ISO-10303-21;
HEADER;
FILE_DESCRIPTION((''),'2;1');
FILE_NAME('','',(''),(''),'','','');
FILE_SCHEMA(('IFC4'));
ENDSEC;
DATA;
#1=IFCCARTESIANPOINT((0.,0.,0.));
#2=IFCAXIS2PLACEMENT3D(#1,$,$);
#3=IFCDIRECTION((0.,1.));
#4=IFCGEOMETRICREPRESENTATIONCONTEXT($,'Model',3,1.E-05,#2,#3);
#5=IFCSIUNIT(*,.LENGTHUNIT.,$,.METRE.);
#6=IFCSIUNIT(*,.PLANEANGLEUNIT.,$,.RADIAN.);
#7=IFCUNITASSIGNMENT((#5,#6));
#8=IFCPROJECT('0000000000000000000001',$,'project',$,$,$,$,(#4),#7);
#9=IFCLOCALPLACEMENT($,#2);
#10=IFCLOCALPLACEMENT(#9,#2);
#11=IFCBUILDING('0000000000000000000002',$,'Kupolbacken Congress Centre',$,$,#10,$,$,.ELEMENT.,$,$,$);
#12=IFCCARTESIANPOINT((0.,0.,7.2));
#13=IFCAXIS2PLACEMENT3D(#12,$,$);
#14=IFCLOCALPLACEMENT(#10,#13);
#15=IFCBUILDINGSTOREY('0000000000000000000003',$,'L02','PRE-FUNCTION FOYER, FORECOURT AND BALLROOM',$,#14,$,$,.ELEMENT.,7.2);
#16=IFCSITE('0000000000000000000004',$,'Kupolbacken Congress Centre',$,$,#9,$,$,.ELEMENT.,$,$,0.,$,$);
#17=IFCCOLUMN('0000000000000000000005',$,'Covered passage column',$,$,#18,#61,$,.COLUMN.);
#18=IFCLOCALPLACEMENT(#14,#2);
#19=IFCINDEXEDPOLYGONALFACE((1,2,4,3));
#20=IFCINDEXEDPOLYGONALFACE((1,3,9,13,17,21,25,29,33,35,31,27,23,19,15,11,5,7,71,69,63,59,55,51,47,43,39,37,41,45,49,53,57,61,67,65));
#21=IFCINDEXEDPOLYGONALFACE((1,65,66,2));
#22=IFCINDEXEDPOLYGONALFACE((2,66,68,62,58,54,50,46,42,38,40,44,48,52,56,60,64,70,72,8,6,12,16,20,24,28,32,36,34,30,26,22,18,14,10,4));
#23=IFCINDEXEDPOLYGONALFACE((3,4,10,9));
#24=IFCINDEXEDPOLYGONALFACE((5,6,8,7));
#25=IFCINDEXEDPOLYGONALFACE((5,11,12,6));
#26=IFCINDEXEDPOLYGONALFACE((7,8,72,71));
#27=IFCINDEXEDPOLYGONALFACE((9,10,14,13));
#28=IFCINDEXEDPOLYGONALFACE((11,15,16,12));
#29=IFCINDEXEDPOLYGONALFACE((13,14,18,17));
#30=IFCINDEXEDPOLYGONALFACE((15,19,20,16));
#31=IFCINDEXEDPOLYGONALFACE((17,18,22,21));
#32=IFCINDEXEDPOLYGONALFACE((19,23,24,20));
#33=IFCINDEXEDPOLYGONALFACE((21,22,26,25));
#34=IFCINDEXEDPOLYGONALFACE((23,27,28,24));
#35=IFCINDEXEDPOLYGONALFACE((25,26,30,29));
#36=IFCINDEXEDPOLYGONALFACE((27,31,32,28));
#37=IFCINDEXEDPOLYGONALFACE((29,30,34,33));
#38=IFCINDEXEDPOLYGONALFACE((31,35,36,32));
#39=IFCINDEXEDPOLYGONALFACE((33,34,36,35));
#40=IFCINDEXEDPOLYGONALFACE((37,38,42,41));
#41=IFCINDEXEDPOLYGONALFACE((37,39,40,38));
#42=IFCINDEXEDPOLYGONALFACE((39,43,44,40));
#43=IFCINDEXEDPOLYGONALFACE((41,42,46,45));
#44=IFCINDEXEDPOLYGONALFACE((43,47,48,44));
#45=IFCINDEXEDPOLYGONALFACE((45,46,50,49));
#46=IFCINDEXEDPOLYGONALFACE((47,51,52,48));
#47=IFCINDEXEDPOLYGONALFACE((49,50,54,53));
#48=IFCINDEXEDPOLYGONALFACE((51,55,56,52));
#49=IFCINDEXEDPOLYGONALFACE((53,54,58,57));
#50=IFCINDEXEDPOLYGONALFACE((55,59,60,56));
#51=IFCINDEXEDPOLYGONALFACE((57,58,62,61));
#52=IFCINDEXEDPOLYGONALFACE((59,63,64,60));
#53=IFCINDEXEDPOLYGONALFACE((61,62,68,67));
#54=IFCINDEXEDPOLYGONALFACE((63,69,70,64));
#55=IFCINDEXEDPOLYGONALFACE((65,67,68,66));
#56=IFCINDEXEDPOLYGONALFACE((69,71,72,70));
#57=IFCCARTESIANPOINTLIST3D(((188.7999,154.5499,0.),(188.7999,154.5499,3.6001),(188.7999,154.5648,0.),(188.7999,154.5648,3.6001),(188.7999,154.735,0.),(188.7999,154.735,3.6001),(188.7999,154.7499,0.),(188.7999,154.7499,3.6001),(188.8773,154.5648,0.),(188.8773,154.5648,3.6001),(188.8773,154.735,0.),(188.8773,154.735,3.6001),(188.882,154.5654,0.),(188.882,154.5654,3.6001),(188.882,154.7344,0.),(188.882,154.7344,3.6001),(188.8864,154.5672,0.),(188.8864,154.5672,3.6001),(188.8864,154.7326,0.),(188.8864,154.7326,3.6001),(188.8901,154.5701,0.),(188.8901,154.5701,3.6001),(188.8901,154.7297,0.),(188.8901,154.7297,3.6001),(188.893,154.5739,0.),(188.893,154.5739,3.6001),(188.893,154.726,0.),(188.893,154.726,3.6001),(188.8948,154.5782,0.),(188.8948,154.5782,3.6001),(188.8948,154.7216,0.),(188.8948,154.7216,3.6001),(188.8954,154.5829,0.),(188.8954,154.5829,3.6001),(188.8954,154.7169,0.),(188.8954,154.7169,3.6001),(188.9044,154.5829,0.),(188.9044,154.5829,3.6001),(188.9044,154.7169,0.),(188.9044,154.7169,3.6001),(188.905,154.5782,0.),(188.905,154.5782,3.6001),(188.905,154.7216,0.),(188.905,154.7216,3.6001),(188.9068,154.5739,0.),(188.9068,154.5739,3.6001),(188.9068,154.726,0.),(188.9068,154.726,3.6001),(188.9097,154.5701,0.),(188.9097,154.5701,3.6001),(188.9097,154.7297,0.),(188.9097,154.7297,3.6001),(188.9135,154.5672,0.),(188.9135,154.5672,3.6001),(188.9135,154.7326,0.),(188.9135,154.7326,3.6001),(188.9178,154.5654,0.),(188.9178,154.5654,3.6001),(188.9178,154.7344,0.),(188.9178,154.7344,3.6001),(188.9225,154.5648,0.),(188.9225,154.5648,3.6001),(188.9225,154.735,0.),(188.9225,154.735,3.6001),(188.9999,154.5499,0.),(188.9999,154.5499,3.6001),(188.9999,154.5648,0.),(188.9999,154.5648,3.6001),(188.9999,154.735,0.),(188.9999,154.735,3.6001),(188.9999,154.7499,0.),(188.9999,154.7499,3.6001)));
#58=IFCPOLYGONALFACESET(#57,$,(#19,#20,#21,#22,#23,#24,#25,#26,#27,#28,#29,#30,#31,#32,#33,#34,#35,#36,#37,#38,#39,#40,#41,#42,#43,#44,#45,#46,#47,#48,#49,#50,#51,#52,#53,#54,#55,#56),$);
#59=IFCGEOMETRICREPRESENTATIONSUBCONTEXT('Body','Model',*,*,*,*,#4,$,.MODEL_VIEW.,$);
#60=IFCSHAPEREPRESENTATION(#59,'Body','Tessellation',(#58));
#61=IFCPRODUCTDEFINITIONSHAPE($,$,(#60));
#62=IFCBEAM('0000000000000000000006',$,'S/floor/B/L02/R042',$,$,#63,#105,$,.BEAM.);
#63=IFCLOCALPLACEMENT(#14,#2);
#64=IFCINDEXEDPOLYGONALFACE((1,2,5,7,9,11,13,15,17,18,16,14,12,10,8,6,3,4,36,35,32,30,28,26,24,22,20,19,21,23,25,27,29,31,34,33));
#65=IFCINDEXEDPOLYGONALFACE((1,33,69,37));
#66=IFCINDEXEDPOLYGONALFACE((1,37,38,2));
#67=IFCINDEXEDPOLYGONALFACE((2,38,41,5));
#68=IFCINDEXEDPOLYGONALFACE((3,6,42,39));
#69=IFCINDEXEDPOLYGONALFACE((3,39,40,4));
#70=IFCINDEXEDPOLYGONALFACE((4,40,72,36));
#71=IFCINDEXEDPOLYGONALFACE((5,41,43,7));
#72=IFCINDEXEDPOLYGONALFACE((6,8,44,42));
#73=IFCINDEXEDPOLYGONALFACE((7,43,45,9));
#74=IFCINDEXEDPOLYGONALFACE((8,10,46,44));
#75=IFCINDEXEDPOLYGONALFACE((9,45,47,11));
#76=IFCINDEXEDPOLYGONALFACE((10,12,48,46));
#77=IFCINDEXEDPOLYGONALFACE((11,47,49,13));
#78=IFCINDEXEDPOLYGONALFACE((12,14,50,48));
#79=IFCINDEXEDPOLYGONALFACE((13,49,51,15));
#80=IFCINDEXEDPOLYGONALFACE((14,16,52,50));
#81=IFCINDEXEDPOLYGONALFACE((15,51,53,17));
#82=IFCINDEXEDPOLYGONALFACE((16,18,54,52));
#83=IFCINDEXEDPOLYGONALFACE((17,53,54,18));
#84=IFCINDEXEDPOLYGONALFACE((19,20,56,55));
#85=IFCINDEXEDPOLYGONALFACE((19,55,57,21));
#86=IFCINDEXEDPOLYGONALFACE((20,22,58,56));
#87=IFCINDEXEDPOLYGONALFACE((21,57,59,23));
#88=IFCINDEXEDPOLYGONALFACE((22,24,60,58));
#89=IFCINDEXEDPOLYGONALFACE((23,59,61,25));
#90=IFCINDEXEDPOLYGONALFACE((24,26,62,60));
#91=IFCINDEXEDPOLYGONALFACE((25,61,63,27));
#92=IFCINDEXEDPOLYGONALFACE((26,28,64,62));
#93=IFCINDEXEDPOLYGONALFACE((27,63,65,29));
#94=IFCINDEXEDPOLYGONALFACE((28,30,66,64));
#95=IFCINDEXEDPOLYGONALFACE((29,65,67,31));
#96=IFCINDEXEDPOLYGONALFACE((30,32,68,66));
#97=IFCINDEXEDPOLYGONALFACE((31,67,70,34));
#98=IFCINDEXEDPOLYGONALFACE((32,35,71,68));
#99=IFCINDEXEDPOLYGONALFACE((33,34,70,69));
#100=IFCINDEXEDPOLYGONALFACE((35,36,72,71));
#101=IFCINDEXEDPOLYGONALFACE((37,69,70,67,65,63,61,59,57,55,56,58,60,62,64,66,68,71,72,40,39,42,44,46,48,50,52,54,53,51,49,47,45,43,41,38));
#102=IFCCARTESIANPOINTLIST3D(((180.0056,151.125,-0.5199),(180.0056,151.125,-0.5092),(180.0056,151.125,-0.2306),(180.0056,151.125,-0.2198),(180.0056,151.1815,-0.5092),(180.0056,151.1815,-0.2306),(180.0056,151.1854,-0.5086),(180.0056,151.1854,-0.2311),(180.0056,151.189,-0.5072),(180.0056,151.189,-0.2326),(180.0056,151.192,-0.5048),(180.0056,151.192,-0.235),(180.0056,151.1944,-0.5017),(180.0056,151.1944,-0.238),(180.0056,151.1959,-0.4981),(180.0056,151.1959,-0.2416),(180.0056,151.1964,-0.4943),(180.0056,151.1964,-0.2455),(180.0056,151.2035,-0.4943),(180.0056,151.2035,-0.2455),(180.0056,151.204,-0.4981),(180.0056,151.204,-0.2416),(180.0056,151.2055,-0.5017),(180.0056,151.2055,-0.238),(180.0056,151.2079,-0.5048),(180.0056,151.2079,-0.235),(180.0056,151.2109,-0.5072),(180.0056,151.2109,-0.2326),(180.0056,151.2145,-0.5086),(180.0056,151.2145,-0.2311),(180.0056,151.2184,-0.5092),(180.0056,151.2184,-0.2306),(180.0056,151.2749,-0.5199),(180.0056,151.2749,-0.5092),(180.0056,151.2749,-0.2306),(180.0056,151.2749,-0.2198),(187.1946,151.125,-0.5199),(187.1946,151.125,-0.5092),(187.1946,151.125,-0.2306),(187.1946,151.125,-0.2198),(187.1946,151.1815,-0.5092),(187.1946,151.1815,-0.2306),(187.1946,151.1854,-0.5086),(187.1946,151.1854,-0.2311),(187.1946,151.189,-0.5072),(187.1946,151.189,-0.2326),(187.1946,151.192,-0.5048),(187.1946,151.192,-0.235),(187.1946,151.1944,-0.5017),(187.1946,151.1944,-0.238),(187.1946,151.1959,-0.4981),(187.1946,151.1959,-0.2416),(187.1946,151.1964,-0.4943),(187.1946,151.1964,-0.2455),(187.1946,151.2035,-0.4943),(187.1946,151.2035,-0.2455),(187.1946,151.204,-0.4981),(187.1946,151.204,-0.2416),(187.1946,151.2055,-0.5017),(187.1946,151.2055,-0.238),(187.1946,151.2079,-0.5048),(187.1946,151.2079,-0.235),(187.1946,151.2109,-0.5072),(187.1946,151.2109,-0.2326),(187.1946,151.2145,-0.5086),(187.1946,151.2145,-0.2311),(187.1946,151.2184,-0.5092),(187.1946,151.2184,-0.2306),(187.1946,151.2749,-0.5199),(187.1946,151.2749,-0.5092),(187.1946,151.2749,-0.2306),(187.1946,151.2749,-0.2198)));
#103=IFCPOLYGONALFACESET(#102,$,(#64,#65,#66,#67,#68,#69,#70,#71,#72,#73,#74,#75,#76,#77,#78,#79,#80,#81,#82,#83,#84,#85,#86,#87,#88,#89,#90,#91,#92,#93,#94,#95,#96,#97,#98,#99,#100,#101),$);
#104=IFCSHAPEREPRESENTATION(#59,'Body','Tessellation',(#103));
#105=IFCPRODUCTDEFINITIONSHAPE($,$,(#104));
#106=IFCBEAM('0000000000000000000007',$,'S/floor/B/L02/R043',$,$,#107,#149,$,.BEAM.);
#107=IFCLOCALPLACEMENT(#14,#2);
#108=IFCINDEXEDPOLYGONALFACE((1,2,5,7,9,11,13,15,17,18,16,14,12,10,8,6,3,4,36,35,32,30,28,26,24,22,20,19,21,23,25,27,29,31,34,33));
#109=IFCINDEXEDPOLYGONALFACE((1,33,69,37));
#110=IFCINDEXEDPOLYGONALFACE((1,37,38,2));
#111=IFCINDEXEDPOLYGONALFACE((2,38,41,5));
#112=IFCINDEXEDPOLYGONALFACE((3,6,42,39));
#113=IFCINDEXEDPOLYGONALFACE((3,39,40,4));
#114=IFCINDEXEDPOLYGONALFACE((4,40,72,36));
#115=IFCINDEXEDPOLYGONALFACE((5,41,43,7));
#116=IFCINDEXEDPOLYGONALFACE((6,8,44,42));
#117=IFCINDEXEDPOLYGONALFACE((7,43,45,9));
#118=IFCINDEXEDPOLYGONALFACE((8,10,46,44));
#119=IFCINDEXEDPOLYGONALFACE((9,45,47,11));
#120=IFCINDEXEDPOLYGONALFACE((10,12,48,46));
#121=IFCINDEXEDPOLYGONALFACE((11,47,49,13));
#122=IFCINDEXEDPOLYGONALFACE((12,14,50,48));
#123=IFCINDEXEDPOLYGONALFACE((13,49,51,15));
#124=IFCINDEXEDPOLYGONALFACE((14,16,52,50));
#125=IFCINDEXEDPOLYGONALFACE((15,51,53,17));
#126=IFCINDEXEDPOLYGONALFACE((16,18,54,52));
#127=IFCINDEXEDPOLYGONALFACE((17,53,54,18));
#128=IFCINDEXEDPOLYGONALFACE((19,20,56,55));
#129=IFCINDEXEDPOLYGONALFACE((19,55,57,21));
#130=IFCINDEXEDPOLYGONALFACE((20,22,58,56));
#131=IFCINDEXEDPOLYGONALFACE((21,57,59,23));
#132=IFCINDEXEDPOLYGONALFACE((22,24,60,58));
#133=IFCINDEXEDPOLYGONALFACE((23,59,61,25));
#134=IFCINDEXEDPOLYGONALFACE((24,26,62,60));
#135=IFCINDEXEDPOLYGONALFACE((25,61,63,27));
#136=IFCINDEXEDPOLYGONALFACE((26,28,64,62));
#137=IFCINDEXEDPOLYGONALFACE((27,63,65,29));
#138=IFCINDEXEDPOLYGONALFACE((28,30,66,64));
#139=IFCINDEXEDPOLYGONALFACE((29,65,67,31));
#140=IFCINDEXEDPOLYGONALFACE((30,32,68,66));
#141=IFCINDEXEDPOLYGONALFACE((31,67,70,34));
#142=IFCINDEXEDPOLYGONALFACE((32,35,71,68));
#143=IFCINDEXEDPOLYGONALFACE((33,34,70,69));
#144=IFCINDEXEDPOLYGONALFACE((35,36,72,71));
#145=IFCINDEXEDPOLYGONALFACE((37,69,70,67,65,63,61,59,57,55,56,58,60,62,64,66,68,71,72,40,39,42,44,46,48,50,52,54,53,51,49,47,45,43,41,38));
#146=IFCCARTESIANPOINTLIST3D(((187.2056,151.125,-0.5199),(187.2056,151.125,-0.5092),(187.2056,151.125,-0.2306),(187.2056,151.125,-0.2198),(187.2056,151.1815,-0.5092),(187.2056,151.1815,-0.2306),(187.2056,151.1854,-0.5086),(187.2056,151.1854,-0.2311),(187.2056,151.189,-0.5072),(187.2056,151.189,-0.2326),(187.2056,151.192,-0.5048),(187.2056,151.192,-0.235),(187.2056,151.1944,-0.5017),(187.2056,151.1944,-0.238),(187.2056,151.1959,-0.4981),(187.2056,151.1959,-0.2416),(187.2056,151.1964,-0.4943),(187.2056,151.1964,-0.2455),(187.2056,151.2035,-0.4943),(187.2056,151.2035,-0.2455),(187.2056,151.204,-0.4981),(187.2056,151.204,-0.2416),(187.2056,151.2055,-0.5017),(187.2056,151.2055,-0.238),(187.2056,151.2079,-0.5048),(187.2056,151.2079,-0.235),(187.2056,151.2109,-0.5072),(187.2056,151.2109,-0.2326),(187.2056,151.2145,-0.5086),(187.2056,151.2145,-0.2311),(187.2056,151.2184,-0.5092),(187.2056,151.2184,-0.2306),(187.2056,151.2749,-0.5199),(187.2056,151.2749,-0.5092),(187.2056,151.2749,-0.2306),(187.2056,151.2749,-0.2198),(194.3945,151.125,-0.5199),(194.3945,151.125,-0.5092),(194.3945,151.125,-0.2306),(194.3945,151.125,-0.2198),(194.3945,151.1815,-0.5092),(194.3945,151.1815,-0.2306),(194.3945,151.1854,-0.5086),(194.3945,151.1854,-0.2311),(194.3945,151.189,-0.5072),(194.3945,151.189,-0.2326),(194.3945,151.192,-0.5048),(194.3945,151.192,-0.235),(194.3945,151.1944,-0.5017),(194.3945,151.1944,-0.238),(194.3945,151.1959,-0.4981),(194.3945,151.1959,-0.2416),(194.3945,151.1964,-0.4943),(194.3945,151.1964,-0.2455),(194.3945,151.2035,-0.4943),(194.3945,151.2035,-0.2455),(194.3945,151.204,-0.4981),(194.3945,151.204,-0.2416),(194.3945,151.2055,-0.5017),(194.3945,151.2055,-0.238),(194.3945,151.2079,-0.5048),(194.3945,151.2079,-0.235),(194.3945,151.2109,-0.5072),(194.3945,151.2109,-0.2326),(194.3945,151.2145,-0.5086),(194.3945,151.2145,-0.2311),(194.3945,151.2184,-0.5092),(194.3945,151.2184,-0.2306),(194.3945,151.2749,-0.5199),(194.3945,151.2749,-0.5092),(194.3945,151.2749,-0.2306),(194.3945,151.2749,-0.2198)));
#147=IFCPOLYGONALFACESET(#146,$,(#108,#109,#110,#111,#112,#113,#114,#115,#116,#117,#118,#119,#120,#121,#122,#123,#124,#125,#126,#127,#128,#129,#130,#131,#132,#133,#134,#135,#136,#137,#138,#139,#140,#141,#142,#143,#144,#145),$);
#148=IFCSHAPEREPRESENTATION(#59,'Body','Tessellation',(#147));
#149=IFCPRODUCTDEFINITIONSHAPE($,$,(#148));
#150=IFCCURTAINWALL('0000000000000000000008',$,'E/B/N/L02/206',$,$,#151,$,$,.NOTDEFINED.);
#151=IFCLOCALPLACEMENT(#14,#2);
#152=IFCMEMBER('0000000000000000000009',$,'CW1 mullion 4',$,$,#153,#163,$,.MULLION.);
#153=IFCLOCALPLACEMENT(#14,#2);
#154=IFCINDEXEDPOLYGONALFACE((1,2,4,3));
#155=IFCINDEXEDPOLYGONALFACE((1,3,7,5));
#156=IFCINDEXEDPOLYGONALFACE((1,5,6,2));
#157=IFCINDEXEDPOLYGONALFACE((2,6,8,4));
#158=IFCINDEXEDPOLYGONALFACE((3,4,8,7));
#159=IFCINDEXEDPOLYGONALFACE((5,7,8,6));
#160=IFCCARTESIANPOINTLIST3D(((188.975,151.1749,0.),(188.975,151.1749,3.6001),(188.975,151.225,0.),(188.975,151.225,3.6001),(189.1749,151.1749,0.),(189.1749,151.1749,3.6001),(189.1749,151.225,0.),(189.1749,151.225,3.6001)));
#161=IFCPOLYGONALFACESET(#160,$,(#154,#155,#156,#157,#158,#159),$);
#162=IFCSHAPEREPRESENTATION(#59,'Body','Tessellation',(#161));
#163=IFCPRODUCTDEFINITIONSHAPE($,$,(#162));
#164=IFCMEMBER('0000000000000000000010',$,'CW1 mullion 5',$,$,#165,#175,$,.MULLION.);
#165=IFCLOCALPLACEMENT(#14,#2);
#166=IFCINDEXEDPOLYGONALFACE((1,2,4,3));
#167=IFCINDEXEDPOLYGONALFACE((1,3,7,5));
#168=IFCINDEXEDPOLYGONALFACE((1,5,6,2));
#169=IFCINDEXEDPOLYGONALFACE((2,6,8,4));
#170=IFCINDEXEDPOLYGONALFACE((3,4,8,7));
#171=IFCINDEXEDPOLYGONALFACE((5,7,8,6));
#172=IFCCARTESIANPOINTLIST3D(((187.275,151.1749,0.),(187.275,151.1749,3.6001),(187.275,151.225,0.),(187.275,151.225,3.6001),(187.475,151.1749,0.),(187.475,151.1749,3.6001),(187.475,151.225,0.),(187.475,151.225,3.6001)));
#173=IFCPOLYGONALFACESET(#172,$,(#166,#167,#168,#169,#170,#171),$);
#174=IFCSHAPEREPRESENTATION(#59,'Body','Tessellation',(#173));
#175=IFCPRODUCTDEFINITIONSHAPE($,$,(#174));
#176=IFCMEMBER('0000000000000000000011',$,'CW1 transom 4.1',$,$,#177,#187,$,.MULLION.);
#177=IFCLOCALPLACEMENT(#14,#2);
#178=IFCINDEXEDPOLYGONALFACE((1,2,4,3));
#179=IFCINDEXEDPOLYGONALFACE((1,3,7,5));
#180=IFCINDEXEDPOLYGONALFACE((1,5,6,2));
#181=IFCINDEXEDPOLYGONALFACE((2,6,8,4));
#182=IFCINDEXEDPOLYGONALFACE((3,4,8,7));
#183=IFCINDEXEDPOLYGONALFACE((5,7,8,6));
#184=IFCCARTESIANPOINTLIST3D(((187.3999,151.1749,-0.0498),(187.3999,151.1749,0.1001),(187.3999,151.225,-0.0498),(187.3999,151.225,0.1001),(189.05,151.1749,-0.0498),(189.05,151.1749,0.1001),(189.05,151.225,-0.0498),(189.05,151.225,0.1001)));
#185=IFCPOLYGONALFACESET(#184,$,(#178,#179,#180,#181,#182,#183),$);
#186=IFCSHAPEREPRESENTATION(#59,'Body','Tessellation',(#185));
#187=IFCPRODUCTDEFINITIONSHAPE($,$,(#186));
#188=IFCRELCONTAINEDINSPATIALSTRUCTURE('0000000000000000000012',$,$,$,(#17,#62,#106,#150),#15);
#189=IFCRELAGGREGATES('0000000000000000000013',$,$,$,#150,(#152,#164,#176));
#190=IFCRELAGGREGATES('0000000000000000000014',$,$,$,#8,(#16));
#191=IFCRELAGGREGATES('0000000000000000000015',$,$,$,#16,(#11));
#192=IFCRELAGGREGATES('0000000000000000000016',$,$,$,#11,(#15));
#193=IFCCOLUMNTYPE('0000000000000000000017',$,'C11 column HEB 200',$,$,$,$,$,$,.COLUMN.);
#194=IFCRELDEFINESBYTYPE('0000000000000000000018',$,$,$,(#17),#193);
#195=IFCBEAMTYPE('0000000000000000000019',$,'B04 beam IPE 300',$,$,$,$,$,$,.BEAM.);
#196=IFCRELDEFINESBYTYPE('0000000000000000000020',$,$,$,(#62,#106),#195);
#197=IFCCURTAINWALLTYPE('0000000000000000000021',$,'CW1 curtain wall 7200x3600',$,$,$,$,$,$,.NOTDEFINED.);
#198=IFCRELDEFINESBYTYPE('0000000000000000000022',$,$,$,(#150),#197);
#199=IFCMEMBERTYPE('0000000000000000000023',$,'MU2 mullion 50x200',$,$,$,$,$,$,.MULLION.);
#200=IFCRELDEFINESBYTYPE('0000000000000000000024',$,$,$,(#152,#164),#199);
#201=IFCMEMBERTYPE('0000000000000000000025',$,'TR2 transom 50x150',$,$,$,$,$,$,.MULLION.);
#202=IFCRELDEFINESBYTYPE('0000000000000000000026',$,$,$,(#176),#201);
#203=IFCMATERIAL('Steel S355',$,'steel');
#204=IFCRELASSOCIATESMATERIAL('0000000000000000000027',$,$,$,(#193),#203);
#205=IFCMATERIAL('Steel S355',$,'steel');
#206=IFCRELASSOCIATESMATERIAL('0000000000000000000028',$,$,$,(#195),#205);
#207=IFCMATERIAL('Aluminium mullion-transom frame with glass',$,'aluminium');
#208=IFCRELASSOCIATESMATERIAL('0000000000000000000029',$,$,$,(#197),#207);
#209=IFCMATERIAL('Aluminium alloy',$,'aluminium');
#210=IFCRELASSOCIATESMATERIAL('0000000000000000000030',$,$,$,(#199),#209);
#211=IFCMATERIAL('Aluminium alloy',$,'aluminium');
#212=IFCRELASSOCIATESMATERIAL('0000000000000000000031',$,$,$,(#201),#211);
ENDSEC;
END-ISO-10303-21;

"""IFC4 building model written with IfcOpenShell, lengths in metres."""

from ifc_helpers import new_model, si_unit, direction, frame, origin, origin_2d, place, context, subcontext, project, spatial, rectangle, i_section, extrude, material, material_profile, profile_set, type_object, element, aggregate, save


model = new_model("IFC4")

# Units and contexts
model_context = context("Model", 3, precision=1e-05, world=origin(), true_north=direction((0.0, 1.0)))
body_context = subcontext(model_context, "Body", "Model", "MODEL_VIEW")
ifc_project = project(units=[si_unit("LENGTHUNIT", "METRE"), si_unit("PLANEANGLEUNIT", "RADIAN")], contexts=[model_context])

# Site, building, storey
site_placement = place(None, origin())
site = spatial("IfcSite", under=ifc_project, at=site_placement, Name="Kupolbacken Congress Centre", CompositionType="ELEMENT", RefElevation=0.0)
building_placement = place(site_placement, origin())
building = spatial("IfcBuilding", under=site, at=building_placement, Name="Kupolbacken Congress Centre", CompositionType="ELEMENT")
storey_placement = place(building_placement, frame((0.0, 0.0, 7.2)))
storey = spatial("IfcBuildingStorey", under=building, at=storey_placement, Name="L02", Description="PRE-FUNCTION FOYER, FORECOURT AND BALLROOM", CompositionType="ELEMENT", Elevation=7.2)

# Column
ifc_material_1 = material(Name="Steel S355", Category="steel")
ifc_material_profile_1 = material_profile(ifc_material_1, i_section(OverallWidth=0.2, OverallDepth=0.2, WebThickness=0.009, FlangeThickness=0.0149, FilletRadius=0.0181, at=origin_2d()), Name="HEB 200")
ifc_profile_set_1 = profile_set([ifc_material_profile_1], Name="Steel S355")
column_type_1 = type_object("IfcColumnType", Name="C11 column HEB 200", PredefinedType="COLUMN", material=ifc_profile_set_1)
for number, where, z_axis, x_axis, name in (
    (1, (188.8999, 154.6499, 0.0), (0.0, 0.0, 1.0), (1.0, 0.0, 0.0), "Covered passage column"),
):
    element("IfcColumn", number, at=place(storey_placement, frame(where, z_axis=z_axis, x_axis=x_axis)), inside=storey, type_object=column_type_1, Name=name, PredefinedType="COLUMN", context=body_context, shape_type="SweptSolid", body=[
        extrude(i_section(OverallWidth=0.2, OverallDepth=0.2, WebThickness=0.009, FlangeThickness=0.0149, FilletRadius=0.0181, at=origin_2d()), origin(), (0.0, 0.0, 1.0), 3.6001),
    ])

# Beams
ifc_material_2 = material(Name="Steel S355", Category="steel")
ifc_material_profile_2 = material_profile(ifc_material_2, i_section(OverallWidth=0.1499, OverallDepth=0.3, WebThickness=0.0071, FlangeThickness=0.0107, FilletRadius=0.0149, at=origin_2d()), Name="IPE 300")
ifc_profile_set_2 = profile_set([ifc_material_profile_2], Name="Steel S355")
beam_type = type_object("IfcBeamType", Name="B04 beam IPE 300", PredefinedType="BEAM", material=ifc_profile_set_2)
for number, where, z_axis, x_axis, name in (
    (2, (180.0056, 151.2, -0.3699), (1.0, 0.0, 0.0), (0.0, 1.0, 0.0), "S/floor/B/L02/R042"),
    (3, (187.2056, 151.2, -0.3699), (1.0, 0.0, 0.0), (0.0, 1.0, 0.0), "S/floor/B/L02/R043"),
):
    element("IfcBeam", number, at=place(storey_placement, frame(where, z_axis=z_axis, x_axis=x_axis)), inside=storey, type_object=beam_type, Name=name, PredefinedType="BEAM", context=body_context, shape_type="SweptSolid", body=[
        extrude(i_section(OverallWidth=0.1499, OverallDepth=0.3, WebThickness=0.0071, FlangeThickness=0.0107, FilletRadius=0.0149, at=origin_2d()), origin(), (0.0, 0.0, 1.0), 7.189),
    ])

# Curtain wall, members
ifc_material_3 = material(Name="Aluminium mullion-transom frame with glass", Category="aluminium")
curtain_wall_type = type_object("IfcCurtainWallType", Name="CW1 curtain wall 7200x3600", PredefinedType="NOTDEFINED", material=ifc_material_3)
curtain_wall_placement = place(storey_placement, origin())
curtain_wall = element("IfcCurtainWall", 4, at=curtain_wall_placement, inside=storey, type_object=curtain_wall_type, Name="E/B/N/L02/206", PredefinedType="NOTDEFINED")
ifc_material_4 = material(Name="Aluminium alloy", Category="aluminium")
ifc_material_profile_3 = material_profile(ifc_material_4, rectangle(XDim=0.05, YDim=0.2, at=origin_2d()), Name="50 x 200")
ifc_profile_set_3 = profile_set([ifc_material_profile_3], Name="Aluminium alloy")
member_type_1 = type_object("IfcMemberType", Name="MU2 mullion 50x200", PredefinedType="MULLION", material=ifc_profile_set_3)
member_1_placement = place(storey_placement, frame((189.075, 151.2, 0.0), z_axis=(0.0, 0.0, 1.0), x_axis=(0.0, -1.0, 0.0)))
member_1 = element("IfcMember", 5, at=member_1_placement, type_object=member_type_1, Name="CW1 mullion 4", PredefinedType="MULLION", context=body_context, shape_type="SweptSolid", body=[
    extrude(rectangle(XDim=0.05, YDim=0.2, at=origin_2d()), origin(), (0.0, 0.0, 1.0), 3.6001),
])
member_2_placement = place(storey_placement, frame((187.375, 151.2, 0.0), z_axis=(0.0, 0.0, 1.0), x_axis=(0.0, -1.0, 0.0)))
member_2 = element("IfcMember", 6, at=member_2_placement, type_object=member_type_1, Name="CW1 mullion 5", PredefinedType="MULLION", context=body_context, shape_type="SweptSolid", body=[
    extrude(rectangle(XDim=0.05, YDim=0.2, at=origin_2d()), origin(), (0.0, 0.0, 1.0), 3.6001),
])
ifc_material_5 = material(Name="Aluminium alloy", Category="aluminium")
ifc_material_profile_4 = material_profile(ifc_material_5, rectangle(XDim=0.05, YDim=0.1499, at=origin_2d()), Name="50 x 150")
ifc_profile_set_4 = profile_set([ifc_material_profile_4], Name="Aluminium alloy")
member_type_2 = type_object("IfcMemberType", Name="TR2 transom 50x150", PredefinedType="MULLION", material=ifc_profile_set_4)
member_3_placement = place(storey_placement, frame((189.05, 151.2, 0.0251), z_axis=(-1.0, 0.0, 0.0), x_axis=(0.0, -1.0, 0.0)))
member_3 = element("IfcMember", 7, at=member_3_placement, type_object=member_type_2, Name="CW1 transom 4.1", PredefinedType="MULLION", context=body_context, shape_type="SweptSolid", body=[
    extrude(rectangle(XDim=0.05, YDim=0.1499, at=origin_2d()), origin(), (0.0, 0.0, 1.0), 1.6501),
])
aggregate(curtain_wall, [member_1, member_2, member_3])

save(model, "model.ifc")
